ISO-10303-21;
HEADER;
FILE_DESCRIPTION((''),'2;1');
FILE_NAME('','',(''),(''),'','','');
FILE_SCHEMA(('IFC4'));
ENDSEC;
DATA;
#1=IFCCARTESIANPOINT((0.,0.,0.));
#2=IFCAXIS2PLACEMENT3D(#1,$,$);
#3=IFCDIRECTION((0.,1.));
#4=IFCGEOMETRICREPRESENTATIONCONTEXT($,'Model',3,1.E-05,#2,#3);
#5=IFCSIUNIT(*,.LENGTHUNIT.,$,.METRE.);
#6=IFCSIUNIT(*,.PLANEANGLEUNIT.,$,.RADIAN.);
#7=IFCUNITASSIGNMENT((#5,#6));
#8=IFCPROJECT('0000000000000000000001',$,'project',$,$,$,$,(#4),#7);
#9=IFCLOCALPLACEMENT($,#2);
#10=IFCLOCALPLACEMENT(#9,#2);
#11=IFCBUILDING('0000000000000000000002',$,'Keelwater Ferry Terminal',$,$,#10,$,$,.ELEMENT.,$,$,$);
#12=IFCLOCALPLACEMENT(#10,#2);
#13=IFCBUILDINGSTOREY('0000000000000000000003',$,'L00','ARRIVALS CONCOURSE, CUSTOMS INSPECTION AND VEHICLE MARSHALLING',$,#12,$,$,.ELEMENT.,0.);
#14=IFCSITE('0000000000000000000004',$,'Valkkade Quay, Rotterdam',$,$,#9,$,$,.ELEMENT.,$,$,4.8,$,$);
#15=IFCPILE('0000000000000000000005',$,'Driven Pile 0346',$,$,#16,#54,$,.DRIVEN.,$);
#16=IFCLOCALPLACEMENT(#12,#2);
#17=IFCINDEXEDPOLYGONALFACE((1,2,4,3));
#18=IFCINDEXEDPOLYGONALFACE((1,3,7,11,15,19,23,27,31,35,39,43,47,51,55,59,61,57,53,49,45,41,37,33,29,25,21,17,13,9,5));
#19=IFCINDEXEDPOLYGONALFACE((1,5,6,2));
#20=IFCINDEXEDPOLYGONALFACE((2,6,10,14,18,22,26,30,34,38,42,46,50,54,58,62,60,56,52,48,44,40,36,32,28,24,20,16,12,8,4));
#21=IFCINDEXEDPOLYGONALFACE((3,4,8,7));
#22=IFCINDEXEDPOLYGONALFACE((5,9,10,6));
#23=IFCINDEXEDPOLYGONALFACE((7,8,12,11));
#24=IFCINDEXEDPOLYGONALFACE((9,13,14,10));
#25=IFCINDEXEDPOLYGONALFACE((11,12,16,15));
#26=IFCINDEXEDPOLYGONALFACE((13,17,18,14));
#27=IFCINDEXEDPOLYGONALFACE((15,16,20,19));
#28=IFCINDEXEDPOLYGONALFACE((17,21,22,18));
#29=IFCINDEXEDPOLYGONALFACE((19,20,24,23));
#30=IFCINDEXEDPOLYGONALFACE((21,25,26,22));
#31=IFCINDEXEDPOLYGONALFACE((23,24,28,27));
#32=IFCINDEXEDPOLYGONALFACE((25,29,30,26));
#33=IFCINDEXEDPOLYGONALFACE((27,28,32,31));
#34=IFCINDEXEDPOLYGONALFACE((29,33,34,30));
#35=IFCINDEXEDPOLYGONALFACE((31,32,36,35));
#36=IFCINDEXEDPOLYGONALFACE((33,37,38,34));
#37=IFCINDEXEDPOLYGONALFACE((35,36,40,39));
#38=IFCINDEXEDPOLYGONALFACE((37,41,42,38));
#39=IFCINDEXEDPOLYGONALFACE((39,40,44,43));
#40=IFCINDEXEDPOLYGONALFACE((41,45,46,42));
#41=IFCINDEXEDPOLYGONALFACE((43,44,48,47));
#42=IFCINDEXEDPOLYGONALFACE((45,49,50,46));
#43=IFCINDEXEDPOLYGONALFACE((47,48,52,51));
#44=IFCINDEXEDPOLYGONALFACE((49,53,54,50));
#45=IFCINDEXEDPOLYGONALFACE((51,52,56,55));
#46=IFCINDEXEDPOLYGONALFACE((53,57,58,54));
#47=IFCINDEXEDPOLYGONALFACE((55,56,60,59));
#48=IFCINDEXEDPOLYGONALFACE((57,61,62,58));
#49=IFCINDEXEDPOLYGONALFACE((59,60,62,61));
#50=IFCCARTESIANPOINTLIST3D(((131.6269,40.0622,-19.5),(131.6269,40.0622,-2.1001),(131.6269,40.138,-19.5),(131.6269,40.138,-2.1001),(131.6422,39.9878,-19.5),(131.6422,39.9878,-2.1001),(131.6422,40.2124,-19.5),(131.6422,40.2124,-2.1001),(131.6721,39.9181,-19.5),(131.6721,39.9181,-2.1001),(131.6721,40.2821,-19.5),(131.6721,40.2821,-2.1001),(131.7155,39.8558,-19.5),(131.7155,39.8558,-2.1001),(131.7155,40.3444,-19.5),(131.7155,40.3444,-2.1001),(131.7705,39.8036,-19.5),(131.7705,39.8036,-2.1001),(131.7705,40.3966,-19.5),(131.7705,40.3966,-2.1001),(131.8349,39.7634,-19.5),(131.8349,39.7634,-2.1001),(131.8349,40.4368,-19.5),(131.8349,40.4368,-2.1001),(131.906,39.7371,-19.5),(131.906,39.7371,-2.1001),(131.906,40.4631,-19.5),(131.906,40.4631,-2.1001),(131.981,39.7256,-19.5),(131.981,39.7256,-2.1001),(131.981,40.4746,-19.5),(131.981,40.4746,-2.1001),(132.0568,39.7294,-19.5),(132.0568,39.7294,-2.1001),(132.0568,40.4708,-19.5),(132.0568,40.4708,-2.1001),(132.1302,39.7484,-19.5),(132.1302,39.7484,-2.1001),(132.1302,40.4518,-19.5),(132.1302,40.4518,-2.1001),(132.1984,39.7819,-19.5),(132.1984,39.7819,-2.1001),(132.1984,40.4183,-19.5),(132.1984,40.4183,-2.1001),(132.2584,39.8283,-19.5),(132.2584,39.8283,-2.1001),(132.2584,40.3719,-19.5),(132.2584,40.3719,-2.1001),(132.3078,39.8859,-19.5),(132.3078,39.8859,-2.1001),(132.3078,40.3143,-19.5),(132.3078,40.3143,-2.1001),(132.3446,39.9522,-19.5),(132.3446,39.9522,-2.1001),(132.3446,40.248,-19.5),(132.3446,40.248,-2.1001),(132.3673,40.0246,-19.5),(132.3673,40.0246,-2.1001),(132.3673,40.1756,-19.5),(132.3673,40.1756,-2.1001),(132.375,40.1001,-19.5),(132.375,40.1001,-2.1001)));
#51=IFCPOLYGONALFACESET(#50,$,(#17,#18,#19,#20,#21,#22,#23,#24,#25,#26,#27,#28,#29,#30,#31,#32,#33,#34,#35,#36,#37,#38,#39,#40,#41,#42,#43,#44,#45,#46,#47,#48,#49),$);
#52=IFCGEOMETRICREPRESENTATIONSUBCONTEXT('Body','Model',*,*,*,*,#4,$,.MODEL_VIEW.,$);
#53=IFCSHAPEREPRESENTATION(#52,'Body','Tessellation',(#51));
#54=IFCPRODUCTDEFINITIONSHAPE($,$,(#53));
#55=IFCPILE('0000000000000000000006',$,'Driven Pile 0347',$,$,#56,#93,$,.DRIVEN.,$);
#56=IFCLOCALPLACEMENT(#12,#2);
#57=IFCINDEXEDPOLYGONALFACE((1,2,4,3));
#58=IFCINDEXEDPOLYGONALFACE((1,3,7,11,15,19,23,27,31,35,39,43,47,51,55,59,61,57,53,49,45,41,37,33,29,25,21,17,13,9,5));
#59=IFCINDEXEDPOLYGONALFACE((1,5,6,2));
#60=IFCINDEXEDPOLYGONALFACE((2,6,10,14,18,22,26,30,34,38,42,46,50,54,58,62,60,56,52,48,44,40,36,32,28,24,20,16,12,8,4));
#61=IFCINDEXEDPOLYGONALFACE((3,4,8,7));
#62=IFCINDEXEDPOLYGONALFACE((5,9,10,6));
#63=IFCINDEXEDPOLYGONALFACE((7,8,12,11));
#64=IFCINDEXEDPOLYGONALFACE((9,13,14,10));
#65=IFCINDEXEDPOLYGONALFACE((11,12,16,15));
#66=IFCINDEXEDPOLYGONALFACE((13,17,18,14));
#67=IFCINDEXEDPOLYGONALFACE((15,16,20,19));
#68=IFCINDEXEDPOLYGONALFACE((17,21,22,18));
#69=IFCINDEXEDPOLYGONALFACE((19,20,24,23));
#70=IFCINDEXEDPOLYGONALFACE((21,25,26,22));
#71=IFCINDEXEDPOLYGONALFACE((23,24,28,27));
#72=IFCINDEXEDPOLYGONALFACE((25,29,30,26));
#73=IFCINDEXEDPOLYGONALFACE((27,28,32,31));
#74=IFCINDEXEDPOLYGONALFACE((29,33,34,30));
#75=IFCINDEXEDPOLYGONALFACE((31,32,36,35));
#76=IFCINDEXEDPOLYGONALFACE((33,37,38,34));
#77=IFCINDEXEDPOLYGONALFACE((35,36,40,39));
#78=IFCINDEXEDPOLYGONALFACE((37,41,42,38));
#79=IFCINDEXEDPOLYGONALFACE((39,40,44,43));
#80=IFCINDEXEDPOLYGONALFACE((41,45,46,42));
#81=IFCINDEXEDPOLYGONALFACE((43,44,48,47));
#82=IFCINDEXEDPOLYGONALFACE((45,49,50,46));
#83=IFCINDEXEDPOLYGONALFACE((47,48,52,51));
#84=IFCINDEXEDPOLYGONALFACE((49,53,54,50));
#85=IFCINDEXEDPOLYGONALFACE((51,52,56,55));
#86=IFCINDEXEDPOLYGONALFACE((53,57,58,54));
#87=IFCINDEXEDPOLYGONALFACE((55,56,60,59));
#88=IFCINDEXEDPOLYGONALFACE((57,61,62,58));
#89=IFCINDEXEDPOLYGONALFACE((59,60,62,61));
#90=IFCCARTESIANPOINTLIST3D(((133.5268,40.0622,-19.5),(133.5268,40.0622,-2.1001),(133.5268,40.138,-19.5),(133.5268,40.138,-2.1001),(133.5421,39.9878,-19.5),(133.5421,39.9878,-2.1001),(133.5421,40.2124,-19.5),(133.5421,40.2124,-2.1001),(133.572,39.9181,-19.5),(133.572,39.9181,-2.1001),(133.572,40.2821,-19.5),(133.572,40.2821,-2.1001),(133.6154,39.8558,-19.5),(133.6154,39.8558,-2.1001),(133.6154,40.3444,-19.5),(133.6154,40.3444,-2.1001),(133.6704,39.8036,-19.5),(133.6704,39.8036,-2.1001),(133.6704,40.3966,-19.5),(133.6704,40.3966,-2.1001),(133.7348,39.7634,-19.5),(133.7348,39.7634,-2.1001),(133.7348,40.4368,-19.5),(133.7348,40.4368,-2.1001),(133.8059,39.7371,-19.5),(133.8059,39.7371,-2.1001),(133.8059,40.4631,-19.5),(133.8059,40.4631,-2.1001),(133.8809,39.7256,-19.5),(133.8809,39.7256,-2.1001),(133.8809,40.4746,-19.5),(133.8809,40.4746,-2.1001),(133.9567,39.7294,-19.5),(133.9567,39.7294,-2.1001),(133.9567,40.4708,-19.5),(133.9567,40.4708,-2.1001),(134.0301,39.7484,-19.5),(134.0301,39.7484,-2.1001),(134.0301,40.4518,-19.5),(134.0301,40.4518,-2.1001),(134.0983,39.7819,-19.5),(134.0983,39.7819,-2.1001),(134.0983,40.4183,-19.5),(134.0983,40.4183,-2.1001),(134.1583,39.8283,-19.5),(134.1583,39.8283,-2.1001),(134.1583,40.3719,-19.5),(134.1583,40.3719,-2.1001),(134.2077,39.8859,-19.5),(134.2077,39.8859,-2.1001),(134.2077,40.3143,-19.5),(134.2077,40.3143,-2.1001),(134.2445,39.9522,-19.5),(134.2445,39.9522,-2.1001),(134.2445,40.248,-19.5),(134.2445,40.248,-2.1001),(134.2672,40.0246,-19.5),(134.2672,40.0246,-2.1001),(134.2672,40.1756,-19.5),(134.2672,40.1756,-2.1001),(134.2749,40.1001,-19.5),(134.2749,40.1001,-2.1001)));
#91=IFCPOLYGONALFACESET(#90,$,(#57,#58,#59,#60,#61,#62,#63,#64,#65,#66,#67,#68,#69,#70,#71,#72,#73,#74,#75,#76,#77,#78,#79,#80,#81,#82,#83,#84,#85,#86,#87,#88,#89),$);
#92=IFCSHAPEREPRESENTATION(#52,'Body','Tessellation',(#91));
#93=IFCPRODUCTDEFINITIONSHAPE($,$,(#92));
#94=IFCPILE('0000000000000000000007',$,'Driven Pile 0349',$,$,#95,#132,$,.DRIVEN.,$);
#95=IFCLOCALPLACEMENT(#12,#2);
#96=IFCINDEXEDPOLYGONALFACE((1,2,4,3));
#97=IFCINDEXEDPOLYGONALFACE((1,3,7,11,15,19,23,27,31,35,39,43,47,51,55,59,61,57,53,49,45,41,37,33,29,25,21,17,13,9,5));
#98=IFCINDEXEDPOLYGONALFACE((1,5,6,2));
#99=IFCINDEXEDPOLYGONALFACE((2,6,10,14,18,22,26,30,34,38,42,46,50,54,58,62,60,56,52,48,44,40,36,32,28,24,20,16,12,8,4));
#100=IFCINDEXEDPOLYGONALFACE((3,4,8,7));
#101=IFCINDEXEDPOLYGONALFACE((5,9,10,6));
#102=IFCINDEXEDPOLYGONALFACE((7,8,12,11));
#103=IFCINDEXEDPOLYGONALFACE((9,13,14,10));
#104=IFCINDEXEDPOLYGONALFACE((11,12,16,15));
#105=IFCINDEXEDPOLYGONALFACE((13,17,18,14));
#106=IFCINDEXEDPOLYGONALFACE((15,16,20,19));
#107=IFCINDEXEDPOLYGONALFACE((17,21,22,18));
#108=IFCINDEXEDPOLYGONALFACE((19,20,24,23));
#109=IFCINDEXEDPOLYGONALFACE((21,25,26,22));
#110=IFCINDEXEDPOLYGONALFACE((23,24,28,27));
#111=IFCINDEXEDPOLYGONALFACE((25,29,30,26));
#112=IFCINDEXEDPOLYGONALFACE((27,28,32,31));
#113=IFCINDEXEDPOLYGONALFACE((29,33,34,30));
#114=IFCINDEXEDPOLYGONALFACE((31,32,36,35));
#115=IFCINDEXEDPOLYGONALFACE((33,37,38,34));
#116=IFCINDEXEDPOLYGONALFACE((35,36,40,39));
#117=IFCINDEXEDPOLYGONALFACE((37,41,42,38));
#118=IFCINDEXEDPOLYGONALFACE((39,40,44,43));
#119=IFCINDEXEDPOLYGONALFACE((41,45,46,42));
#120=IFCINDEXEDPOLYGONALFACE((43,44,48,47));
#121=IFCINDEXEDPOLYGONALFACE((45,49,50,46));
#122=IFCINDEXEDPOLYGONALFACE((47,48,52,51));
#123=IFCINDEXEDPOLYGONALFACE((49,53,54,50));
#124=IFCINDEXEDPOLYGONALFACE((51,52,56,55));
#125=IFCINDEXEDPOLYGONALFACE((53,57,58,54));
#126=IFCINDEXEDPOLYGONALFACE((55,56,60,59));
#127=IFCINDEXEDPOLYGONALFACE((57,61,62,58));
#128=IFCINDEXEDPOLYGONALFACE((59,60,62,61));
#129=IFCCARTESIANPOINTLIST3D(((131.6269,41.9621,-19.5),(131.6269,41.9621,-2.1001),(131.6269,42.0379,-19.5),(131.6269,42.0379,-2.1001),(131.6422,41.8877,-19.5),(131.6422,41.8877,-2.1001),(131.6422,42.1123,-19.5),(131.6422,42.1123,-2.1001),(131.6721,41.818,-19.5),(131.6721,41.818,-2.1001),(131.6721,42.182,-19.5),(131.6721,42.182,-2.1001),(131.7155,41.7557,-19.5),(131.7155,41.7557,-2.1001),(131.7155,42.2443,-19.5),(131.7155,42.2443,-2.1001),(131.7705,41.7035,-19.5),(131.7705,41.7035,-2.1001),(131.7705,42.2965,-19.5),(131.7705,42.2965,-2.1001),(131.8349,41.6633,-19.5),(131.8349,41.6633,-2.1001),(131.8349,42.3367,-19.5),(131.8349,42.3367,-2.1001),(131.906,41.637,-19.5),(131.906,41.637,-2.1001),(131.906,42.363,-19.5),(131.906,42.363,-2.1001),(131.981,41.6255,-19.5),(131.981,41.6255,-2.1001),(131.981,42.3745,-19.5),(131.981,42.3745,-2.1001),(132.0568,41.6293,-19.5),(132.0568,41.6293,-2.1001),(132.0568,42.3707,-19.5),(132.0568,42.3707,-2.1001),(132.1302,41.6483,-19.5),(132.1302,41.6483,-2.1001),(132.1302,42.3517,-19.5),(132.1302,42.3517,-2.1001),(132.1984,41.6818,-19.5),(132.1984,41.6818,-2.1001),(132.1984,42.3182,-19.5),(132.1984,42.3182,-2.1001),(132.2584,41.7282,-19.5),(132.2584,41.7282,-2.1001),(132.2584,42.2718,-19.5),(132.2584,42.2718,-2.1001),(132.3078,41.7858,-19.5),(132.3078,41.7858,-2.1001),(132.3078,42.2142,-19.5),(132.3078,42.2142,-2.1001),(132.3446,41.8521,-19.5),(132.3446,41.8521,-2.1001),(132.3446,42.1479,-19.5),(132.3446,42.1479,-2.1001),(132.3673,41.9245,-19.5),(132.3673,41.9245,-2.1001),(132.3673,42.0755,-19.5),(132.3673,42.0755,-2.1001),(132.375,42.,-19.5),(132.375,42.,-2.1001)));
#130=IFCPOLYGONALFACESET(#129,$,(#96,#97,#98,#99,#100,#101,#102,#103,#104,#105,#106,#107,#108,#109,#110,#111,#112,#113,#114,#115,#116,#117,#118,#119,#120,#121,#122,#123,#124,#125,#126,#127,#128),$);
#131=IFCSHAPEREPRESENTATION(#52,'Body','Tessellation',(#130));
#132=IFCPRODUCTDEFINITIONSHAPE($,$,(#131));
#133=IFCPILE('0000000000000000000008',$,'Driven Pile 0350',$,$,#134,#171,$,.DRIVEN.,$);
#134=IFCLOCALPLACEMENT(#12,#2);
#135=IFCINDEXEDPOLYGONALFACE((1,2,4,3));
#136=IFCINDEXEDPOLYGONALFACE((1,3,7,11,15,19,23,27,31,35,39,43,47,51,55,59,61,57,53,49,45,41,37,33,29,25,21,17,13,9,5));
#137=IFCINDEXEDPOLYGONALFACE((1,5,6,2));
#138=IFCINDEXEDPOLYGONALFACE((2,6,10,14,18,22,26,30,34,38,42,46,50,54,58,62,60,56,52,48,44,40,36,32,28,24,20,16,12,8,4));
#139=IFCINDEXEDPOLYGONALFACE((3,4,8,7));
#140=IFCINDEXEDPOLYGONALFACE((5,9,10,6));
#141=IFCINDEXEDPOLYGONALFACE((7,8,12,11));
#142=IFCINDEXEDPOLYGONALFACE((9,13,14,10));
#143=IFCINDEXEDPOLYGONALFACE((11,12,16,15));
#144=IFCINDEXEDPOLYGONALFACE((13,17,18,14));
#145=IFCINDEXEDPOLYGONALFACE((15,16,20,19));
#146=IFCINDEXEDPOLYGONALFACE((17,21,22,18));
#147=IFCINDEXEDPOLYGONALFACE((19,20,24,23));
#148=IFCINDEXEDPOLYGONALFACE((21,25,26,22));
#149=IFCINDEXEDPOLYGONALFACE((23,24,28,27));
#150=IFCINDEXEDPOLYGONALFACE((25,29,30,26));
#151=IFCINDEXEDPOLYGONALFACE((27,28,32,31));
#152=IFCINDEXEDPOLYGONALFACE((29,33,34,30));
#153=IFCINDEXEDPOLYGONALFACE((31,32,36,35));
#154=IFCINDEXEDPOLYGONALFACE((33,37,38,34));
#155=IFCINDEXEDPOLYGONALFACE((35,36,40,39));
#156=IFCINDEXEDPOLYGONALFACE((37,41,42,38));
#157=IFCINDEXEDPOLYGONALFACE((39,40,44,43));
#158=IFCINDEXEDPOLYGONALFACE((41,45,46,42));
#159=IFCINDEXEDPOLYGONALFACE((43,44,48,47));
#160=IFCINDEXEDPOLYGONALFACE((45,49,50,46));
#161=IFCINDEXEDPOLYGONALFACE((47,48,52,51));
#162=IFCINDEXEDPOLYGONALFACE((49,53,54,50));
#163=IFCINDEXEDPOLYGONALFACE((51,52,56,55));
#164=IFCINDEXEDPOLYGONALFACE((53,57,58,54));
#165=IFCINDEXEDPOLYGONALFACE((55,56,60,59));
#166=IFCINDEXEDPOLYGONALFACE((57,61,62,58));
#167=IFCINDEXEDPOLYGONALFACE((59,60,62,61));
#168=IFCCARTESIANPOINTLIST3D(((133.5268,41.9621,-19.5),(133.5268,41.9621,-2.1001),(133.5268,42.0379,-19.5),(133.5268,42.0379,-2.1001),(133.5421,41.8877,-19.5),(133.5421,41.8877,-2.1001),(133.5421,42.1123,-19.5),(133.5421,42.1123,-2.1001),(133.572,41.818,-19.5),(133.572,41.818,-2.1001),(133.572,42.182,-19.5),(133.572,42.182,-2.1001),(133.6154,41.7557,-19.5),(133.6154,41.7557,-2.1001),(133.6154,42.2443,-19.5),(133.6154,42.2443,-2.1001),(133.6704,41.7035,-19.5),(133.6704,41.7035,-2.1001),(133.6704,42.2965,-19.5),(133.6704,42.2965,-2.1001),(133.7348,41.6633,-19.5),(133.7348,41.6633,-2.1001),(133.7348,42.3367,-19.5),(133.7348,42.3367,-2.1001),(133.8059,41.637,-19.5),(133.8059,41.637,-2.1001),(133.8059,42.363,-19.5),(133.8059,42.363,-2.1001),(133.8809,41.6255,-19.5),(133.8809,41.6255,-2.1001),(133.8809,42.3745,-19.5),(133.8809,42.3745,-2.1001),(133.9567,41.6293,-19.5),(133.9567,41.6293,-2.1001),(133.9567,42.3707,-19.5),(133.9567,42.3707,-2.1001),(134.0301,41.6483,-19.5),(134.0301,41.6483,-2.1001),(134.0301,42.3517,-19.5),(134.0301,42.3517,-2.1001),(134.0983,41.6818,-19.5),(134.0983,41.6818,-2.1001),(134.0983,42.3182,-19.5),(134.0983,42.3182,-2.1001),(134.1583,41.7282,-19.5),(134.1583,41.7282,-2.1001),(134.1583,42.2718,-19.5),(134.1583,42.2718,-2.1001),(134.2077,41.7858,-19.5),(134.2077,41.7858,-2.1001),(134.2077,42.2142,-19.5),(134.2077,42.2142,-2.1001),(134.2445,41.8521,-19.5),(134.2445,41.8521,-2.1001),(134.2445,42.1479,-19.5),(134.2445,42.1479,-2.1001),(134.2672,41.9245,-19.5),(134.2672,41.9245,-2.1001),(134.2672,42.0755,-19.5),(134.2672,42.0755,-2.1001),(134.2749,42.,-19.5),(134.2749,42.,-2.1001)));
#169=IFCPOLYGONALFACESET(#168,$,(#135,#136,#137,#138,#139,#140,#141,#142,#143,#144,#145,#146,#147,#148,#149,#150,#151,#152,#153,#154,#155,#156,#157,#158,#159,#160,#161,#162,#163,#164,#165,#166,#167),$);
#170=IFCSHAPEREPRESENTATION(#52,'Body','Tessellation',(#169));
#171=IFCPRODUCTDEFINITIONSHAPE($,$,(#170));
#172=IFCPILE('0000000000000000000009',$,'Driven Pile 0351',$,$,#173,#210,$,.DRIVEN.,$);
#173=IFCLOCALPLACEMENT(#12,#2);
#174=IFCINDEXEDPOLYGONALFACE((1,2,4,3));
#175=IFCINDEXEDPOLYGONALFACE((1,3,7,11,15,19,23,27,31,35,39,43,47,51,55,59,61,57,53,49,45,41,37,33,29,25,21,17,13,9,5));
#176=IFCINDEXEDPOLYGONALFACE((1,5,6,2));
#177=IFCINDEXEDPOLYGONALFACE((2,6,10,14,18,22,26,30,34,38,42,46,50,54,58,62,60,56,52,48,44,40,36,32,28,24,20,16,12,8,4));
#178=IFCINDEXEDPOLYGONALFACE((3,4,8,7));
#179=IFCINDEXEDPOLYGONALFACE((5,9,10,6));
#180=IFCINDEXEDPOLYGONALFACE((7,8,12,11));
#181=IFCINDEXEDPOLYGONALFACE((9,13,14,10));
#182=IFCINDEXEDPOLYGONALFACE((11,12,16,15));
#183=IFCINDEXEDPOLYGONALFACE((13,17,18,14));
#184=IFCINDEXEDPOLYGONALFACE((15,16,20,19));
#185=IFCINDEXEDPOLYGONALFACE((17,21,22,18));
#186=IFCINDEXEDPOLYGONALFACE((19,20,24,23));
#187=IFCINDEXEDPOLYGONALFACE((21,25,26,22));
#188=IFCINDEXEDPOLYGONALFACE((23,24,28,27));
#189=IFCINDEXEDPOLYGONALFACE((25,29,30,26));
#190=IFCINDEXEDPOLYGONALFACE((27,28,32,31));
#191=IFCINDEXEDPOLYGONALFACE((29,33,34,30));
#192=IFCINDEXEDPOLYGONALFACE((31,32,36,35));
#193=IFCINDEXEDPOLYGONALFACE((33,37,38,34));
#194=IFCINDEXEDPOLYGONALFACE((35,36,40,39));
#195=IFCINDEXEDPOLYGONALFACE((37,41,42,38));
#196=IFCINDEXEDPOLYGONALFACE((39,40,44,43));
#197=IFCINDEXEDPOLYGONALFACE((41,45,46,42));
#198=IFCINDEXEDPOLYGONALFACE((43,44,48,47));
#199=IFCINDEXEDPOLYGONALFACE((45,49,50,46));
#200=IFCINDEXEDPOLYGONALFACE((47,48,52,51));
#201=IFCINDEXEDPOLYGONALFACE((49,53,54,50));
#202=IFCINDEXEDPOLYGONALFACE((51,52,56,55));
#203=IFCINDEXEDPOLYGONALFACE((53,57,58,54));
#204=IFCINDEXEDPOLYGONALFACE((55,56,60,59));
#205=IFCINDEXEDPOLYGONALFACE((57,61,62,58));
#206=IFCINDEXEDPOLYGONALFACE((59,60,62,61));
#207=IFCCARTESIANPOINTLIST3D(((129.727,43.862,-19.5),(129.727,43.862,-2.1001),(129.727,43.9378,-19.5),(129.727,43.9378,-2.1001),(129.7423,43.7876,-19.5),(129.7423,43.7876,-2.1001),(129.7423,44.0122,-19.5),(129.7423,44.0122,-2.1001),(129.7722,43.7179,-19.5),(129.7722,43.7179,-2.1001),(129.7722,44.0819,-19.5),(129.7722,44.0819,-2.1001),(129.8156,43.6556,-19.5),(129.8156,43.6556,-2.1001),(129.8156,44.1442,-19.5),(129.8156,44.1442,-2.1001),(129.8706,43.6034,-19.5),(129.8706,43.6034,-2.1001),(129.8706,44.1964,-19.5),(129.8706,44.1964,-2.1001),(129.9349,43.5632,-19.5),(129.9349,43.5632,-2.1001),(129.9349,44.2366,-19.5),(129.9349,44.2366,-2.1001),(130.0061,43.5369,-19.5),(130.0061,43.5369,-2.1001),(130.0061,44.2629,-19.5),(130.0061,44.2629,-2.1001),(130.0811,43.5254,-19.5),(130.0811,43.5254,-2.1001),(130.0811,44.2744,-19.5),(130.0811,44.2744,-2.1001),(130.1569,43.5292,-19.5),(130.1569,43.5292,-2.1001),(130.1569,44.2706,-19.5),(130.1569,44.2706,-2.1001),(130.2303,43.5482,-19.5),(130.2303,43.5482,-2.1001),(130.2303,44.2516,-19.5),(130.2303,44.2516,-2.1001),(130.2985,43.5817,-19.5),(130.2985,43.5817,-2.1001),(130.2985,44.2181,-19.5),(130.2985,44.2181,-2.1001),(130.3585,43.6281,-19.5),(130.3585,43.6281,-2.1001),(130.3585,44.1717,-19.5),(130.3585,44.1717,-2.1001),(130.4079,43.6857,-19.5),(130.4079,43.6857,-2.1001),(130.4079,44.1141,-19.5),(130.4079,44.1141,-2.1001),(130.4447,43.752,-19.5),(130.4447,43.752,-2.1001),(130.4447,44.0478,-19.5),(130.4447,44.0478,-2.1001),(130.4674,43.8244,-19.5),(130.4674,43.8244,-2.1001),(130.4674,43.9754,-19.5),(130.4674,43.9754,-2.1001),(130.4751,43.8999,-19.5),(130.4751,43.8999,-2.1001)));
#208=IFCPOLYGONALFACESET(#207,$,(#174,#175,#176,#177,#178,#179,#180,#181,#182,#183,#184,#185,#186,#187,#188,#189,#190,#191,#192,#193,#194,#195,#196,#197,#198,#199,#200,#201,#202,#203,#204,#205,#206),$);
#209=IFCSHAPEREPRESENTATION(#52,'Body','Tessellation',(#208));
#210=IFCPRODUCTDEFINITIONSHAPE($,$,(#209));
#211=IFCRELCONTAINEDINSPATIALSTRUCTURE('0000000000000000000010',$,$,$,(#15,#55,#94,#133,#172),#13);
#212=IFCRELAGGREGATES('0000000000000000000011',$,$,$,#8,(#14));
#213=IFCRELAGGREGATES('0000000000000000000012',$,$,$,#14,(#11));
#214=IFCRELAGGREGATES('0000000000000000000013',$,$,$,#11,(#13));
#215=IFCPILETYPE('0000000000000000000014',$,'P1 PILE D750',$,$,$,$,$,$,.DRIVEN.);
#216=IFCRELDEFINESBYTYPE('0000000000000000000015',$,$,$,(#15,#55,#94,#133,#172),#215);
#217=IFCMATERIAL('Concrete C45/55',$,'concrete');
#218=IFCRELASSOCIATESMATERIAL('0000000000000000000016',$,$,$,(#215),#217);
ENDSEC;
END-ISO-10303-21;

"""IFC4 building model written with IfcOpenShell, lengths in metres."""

from ifc_helpers import new_model, si_unit, direction, frame, origin, origin_2d, place, context, subcontext, project, spatial, circle, extrude, material, material_profile, profile_set, type_object, element, save


model = new_model("IFC4")

# Units and contexts
model_context = context("Model", 3, precision=1e-05, world=origin(), true_north=direction((0.0, 1.0)))
body_context = subcontext(model_context, "Body", "Model", "MODEL_VIEW")
ifc_project = project(units=[si_unit("LENGTHUNIT", "METRE"), si_unit("PLANEANGLEUNIT", "RADIAN")], contexts=[model_context])

# Site, building, storey
site_placement = place(None, origin())
site = spatial("IfcSite", under=ifc_project, at=site_placement, Name="Valkkade Quay, Rotterdam", CompositionType="ELEMENT", RefElevation=4.8)
building_placement = place(site_placement, origin())
building = spatial("IfcBuilding", under=site, at=building_placement, Name="Keelwater Ferry Terminal", CompositionType="ELEMENT")
storey_placement = place(building_placement, origin())
storey = spatial("IfcBuildingStorey", under=building, at=storey_placement, Name="L00", Description="ARRIVALS CONCOURSE, CUSTOMS INSPECTION AND VEHICLE MARSHALLING", CompositionType="ELEMENT", Elevation=0.0)

# Piles
ifc_material_1 = material(Name="Concrete C45/55", Category="concrete")
ifc_material_profile_1 = material_profile(ifc_material_1, circle(Radius=0.375, at=origin_2d()), Name="PILE D750")
ifc_profile_set_1 = profile_set([ifc_material_profile_1], Name="Concrete C45/55")
pile_type_1 = type_object("IfcPileType", Name="P1 PILE D750", PredefinedType="DRIVEN", material=ifc_profile_set_1)
for number, where, z_axis, x_axis, name in (
    (1, (132.0, 40.1001, -2.1001), (0.0, 0.0, -1.0), (1.0, 0.0, 0.0), "Driven Pile 0346"),
    (2, (133.8999, 40.1001, -2.1001), (0.0, 0.0, -1.0), (1.0, 0.0, 0.0), "Driven Pile 0347"),
    (3, (132.0, 42.0, -2.1001), (0.0, 0.0, -1.0), (1.0, 0.0, 0.0), "Driven Pile 0349"),
    (4, (133.8999, 42.0, -2.1001), (0.0, 0.0, -1.0), (1.0, 0.0, 0.0), "Driven Pile 0350"),
    (5, (130.1001, 43.8999, -2.1001), (0.0, 0.0, -1.0), (1.0, 0.0, 0.0), "Driven Pile 0351"),
):
    element("IfcPile", number, at=place(storey_placement, frame(where, z_axis=z_axis, x_axis=x_axis)), inside=storey, type_object=pile_type_1, Name=name, PredefinedType="DRIVEN", context=body_context, shape_type="SweptSolid", body=[
        extrude(circle(Radius=0.375, at=origin_2d()), origin(), (0.0, 0.0, 1.0), 17.3999),
    ])

save(model, "model.ifc")
